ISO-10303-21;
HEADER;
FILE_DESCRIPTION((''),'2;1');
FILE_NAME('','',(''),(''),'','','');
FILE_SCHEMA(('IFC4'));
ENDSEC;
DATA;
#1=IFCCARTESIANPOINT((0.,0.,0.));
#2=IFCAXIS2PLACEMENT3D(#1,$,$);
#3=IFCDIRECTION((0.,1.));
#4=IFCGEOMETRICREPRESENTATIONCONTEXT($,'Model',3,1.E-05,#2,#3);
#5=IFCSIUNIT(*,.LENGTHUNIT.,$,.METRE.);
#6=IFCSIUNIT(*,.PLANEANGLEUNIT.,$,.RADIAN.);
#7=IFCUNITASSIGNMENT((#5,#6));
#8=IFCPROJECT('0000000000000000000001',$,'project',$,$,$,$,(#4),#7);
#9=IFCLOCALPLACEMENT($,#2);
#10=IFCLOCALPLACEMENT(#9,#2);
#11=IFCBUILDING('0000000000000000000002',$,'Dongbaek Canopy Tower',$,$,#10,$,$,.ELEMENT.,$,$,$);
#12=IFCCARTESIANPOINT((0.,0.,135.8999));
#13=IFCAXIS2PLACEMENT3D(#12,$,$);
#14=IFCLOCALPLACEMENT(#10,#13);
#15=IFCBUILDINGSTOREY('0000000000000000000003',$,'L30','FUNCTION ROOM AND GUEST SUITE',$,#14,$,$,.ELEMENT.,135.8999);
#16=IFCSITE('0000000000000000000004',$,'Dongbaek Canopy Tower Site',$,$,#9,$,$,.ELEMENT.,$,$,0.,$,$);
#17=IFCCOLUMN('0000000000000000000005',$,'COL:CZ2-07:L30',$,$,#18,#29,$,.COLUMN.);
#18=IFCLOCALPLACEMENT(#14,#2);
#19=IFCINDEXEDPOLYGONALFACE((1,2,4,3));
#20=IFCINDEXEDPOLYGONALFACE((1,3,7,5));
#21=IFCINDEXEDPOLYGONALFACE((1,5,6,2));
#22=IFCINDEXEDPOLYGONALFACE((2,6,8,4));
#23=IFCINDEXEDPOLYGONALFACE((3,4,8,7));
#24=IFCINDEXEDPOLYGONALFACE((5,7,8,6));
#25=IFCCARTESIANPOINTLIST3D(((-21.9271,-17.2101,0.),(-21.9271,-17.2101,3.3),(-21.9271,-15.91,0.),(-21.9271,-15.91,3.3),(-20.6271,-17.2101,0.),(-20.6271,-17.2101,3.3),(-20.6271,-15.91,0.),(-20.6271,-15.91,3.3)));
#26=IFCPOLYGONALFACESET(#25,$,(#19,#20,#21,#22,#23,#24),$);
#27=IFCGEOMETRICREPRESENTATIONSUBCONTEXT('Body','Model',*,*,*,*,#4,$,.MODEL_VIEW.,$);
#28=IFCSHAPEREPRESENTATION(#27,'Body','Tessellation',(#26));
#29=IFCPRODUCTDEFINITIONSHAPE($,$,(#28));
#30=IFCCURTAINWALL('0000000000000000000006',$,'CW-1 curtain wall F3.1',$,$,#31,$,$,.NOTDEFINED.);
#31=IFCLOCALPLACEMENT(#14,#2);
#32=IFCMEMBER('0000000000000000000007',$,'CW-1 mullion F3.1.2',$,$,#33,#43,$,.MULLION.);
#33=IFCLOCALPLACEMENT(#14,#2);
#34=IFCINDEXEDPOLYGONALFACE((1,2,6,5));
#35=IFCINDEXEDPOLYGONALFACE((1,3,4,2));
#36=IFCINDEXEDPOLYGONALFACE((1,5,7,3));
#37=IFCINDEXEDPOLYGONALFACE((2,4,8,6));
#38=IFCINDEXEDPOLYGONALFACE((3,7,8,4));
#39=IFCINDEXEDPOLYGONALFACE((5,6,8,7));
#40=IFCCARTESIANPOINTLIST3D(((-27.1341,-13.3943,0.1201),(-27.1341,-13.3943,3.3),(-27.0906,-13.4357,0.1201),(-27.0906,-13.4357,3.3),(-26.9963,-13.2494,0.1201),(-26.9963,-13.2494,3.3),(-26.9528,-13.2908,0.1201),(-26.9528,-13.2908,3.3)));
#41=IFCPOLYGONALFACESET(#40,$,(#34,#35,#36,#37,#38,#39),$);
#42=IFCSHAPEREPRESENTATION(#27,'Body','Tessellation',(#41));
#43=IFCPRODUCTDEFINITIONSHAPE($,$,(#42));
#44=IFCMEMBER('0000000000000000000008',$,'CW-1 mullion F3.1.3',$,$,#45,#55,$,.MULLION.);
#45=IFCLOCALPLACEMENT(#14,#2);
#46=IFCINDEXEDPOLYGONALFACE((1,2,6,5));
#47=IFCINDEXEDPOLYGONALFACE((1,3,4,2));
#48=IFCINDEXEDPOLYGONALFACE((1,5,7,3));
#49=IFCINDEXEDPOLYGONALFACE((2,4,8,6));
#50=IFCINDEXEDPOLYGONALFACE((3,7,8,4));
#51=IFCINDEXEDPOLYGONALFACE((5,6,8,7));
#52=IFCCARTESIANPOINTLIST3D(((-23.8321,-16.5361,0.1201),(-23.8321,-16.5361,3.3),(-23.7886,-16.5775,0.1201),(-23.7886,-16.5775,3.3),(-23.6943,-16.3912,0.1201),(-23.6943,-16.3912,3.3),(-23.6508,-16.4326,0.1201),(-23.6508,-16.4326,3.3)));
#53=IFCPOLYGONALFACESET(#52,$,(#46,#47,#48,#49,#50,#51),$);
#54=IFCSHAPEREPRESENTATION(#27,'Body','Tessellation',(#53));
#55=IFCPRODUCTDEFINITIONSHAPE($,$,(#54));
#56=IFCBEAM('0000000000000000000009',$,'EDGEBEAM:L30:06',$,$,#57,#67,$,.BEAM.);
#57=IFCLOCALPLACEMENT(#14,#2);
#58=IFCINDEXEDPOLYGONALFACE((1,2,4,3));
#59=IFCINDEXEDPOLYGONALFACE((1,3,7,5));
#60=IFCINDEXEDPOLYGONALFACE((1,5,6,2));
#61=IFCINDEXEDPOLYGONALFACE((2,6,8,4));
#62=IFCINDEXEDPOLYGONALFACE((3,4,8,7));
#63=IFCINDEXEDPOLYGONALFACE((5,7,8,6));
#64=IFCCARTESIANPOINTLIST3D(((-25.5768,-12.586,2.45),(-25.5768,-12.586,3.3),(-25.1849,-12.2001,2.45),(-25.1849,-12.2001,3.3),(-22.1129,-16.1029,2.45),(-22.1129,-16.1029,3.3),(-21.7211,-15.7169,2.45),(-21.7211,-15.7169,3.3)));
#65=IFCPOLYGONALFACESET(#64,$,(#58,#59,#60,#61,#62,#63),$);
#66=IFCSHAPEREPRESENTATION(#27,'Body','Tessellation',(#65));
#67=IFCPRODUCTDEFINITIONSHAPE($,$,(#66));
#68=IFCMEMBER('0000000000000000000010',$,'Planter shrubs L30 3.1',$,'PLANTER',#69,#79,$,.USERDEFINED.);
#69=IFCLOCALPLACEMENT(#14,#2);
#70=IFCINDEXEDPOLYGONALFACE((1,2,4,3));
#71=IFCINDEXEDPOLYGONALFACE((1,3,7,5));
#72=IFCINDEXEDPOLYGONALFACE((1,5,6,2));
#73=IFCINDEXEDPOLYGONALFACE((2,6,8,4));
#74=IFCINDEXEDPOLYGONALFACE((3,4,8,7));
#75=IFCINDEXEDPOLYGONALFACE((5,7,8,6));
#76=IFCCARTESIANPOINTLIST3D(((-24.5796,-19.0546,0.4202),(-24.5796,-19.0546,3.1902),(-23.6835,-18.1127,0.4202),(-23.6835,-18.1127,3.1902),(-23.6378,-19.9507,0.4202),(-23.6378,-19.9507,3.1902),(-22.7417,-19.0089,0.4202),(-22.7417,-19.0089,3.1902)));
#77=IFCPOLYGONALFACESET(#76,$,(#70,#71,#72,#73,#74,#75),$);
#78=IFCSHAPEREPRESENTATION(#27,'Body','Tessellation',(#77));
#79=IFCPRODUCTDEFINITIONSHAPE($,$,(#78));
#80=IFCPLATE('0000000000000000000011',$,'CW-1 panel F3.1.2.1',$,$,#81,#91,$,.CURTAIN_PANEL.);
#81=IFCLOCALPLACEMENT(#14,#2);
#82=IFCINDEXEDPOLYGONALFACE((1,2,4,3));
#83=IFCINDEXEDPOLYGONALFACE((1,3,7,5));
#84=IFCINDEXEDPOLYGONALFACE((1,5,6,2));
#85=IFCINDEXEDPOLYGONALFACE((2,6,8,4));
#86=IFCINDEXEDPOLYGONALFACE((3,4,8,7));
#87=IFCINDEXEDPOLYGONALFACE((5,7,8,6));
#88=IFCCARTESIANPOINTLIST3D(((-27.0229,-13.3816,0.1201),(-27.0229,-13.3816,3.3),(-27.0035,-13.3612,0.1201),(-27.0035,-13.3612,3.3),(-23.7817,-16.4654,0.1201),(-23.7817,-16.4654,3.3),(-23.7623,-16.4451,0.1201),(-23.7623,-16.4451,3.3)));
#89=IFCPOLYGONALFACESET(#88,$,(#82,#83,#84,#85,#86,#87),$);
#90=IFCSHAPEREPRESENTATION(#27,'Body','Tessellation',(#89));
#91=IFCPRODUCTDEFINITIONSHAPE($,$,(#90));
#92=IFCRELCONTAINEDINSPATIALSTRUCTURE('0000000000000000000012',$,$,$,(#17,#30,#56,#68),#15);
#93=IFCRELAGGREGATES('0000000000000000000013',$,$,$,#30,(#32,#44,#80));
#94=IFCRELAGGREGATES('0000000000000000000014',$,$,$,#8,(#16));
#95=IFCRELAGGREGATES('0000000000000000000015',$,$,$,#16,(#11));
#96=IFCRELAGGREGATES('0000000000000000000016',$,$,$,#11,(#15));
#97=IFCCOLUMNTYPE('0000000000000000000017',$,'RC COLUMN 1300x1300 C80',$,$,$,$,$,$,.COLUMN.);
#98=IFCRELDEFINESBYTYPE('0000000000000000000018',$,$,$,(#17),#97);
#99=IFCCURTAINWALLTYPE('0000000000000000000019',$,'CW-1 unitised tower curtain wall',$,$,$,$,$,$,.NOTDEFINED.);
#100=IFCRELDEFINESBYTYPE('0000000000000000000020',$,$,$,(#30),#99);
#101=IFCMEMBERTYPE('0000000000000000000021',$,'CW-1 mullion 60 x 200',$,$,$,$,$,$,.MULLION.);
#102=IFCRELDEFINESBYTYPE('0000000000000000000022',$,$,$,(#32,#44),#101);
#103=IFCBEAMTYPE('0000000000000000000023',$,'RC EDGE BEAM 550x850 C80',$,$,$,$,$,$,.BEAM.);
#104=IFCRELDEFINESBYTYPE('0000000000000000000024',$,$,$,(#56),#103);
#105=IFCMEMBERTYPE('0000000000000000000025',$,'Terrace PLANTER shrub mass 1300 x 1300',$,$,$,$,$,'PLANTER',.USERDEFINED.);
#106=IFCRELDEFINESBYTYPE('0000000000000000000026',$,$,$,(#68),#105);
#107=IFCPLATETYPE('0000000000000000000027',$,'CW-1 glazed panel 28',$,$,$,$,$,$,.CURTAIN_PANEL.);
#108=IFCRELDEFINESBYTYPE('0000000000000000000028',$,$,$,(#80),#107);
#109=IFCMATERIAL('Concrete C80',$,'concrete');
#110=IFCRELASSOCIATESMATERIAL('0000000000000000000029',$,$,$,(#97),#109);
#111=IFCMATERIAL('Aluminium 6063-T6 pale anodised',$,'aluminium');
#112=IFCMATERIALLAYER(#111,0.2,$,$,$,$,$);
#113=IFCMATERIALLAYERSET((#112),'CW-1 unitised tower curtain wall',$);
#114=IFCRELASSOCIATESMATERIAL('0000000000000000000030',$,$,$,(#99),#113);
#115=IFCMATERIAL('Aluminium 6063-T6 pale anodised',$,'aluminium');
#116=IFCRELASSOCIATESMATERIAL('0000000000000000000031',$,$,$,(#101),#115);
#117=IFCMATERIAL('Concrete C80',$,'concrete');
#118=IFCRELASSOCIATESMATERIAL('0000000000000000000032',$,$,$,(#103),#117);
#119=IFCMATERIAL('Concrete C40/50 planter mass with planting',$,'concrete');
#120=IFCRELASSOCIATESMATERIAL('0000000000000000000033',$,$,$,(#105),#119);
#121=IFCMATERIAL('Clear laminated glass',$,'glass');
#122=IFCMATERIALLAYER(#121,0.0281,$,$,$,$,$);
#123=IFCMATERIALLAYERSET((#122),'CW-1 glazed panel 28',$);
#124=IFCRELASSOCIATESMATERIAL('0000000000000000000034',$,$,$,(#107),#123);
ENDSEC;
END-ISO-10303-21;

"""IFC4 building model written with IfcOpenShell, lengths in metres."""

from ifc_helpers import new_model, si_unit, direction, frame, origin, origin_2d, place, context, subcontext, project, spatial, rectangle, extrude, material, layer, layer_set, material_profile, profile_set, type_object, element, aggregate, save


model = new_model("IFC4")

# Units and contexts
model_context = context("Model", 3, precision=1e-05, world=origin(), true_north=direction((0.0, 1.0)))
body_context = subcontext(model_context, "Body", "Model", "MODEL_VIEW")
ifc_project = project(units=[si_unit("LENGTHUNIT", "METRE"), si_unit("PLANEANGLEUNIT", "RADIAN")], contexts=[model_context])

# Site, building, storey
site_placement = place(None, origin())
site = spatial("IfcSite", under=ifc_project, at=site_placement, Name="Dongbaek Canopy Tower Site", CompositionType="ELEMENT", RefElevation=0.0)
building_placement = place(site_placement, origin())
building = spatial("IfcBuilding", under=site, at=building_placement, Name="Dongbaek Canopy Tower", CompositionType="ELEMENT")
storey_placement = place(building_placement, frame((0.0, 0.0, 135.8999)))
storey = spatial("IfcBuildingStorey", under=building, at=storey_placement, Name="L30", Description="FUNCTION ROOM AND GUEST SUITE", CompositionType="ELEMENT", Elevation=135.8999)

# Column
ifc_material_1 = material(Name="Concrete C80", Category="concrete")
ifc_material_profile_1 = material_profile(ifc_material_1, rectangle(XDim=1.3, YDim=1.3, at=origin_2d()), Name="RC COLUMN 1300x1300 C80")
ifc_profile_set_1 = profile_set([ifc_material_profile_1], Name="Concrete C80")
column_type = type_object("IfcColumnType", Name="RC COLUMN 1300x1300 C80", PredefinedType="COLUMN", material=ifc_profile_set_1)
column_placement = place(storey_placement, frame((-21.2771, -16.5601, 0.0), z_axis=(0.0, 0.0, 1.0), x_axis=(1.0, 0.0, 0.0)))
element("IfcColumn", 1, at=column_placement, inside=storey, type_object=column_type, Name="COL:CZ2-07:L30", PredefinedType="COLUMN", context=body_context, shape_type="SweptSolid", body=[
    extrude(rectangle(XDim=1.3, YDim=1.3, at=origin_2d()), origin(), (0.0, 0.0, 1.0), 3.3),
])

# Curtain wall, members
ifc_material_2 = material(Name="Aluminium 6063-T6 pale anodised", Category="aluminium")
ifc_layer_1 = layer(ifc_material_2, 0.2)
ifc_layer_set_1 = layer_set([ifc_layer_1], Name="CW-1 unitised tower curtain wall")
curtain_wall_type = type_object("IfcCurtainWallType", Name="CW-1 unitised tower curtain wall", PredefinedType="NOTDEFINED", material=ifc_layer_set_1)
curtain_wall_placement = place(storey_placement, origin())
curtain_wall = element("IfcCurtainWall", 2, at=curtain_wall_placement, inside=storey, type_object=curtain_wall_type, Name="CW-1 curtain wall F3.1", PredefinedType="NOTDEFINED")
ifc_material_3 = material(Name="Aluminium 6063-T6 pale anodised", Category="aluminium")
ifc_material_profile_2 = material_profile(ifc_material_3, rectangle(XDim=0.2, YDim=0.0601, at=origin_2d()), Name="CW-1 mullion 60 x 200")
ifc_profile_set_2 = profile_set([ifc_material_profile_2], Name="Aluminium 6063-T6 pale anodised")
member_type_1 = type_object("IfcMemberType", Name="CW-1 mullion 60 x 200", PredefinedType="MULLION", material=ifc_profile_set_2)
member_1_placement = place(storey_placement, frame((-27.0435, -13.3425, 0.1201), z_axis=(0.0, 0.0, 1.0), x_axis=(-0.689302, -0.724474, 0.0)))
member_1 = element("IfcMember", 3, at=member_1_placement, type_object=member_type_1, Name="CW-1 mullion F3.1.2", PredefinedType="MULLION", context=body_context, shape_type="SweptSolid", body=[
    extrude(rectangle(XDim=0.2, YDim=0.0601, at=origin_2d()), origin(), (0.0, 0.0, 1.0), 3.1799),
])
member_2_placement = place(storey_placement, frame((-23.7415, -16.4844, 0.1201), z_axis=(0.0, 0.0, 1.0), x_axis=(-0.689302, -0.724474, 0.0)))
member_2 = element("IfcMember", 4, at=member_2_placement, type_object=member_type_1, Name="CW-1 mullion F3.1.3", PredefinedType="MULLION", context=body_context, shape_type="SweptSolid", body=[
    extrude(rectangle(XDim=0.2, YDim=0.0601, at=origin_2d()), origin(), (0.0, 0.0, 1.0), 3.1799),
])

# Beam
ifc_material_4 = material(Name="Concrete C80", Category="concrete")
ifc_material_profile_3 = material_profile(ifc_material_4, rectangle(XDim=0.55, YDim=0.8501, at=origin_2d()), Name="RC EDGE BEAM 550x850 C80")
ifc_profile_set_3 = profile_set([ifc_material_profile_3], Name="Concrete C80")
beam_type = type_object("IfcBeamType", Name="RC EDGE BEAM 550x850 C80", PredefinedType="BEAM", material=ifc_profile_set_3)
beam_placement = place(storey_placement, frame((-21.917, -15.9099, 2.875), z_axis=(-0.70172, 0.712453, 0.0), x_axis=(-0.712453, -0.70172, 0.0)))
element("IfcBeam", 5, at=beam_placement, inside=storey, type_object=beam_type, Name="EDGEBEAM:L30:06", PredefinedType="BEAM", context=body_context, shape_type="SweptSolid", body=[
    extrude(rectangle(XDim=0.55, YDim=0.8501, at=origin_2d()), origin(), (0.0, 0.0, 1.0), 4.9363),
])

# Member
ifc_material_5 = material(Name="Concrete C40/50 planter mass with planting", Category="concrete")
ifc_material_profile_4 = material_profile(ifc_material_5, rectangle(XDim=1.3, YDim=1.3, at=origin_2d()), Name="Terrace PLANTER shrub mass 1300 x 1300")
ifc_profile_set_4 = profile_set([ifc_material_profile_4], Name="Concrete C40/50 planter mass with planting")
member_type_2 = type_object("IfcMemberType", Name="Terrace PLANTER shrub mass 1300 x 1300", ElementType="PLANTER", PredefinedType="USERDEFINED", material=ifc_profile_set_4)
member_3_placement = place(storey_placement, frame((-23.6606, -19.0317, 0.4202), z_axis=(0.0, 0.0, 1.0), x_axis=(-0.689302, -0.724474, 0.0)))
element("IfcMember", 6, at=member_3_placement, inside=storey, type_object=member_type_2, Name="Planter shrubs L30 3.1", ObjectType="PLANTER", PredefinedType="USERDEFINED", context=body_context, shape_type="SweptSolid", body=[
    extrude(rectangle(XDim=1.3, YDim=1.3, at=origin_2d()), origin(), (0.0, 0.0, 1.0), 2.77),
])

# Plate
ifc_material_6 = material(Name="Clear laminated glass", Category="glass")
ifc_layer_2 = layer(ifc_material_6, 0.0281)
ifc_layer_set_2 = layer_set([ifc_layer_2], Name="CW-1 glazed panel 28")
plate_type = type_object("IfcPlateType", Name="CW-1 glazed panel 28", PredefinedType="CURTAIN_PANEL", material=ifc_layer_set_2)
plate_placement = place(storey_placement, frame((-25.3926, -14.9133, 0.1201), z_axis=(0.0, 0.0, 1.0), x_axis=(0.724474, -0.689302, 0.0)))
plate = element("IfcPlate", 7, at=plate_placement, type_object=plate_type, Name="CW-1 panel F3.1.2.1", PredefinedType="CURTAIN_PANEL", context=body_context, shape_type="SweptSolid", body=[
    extrude(rectangle(XDim=4.4739, YDim=0.0281, at=origin_2d()), origin(), (0.0, 0.0, 1.0), 3.1799),
])

aggregate(curtain_wall, [member_1, member_2, plate])

save(model, "model.ifc")
